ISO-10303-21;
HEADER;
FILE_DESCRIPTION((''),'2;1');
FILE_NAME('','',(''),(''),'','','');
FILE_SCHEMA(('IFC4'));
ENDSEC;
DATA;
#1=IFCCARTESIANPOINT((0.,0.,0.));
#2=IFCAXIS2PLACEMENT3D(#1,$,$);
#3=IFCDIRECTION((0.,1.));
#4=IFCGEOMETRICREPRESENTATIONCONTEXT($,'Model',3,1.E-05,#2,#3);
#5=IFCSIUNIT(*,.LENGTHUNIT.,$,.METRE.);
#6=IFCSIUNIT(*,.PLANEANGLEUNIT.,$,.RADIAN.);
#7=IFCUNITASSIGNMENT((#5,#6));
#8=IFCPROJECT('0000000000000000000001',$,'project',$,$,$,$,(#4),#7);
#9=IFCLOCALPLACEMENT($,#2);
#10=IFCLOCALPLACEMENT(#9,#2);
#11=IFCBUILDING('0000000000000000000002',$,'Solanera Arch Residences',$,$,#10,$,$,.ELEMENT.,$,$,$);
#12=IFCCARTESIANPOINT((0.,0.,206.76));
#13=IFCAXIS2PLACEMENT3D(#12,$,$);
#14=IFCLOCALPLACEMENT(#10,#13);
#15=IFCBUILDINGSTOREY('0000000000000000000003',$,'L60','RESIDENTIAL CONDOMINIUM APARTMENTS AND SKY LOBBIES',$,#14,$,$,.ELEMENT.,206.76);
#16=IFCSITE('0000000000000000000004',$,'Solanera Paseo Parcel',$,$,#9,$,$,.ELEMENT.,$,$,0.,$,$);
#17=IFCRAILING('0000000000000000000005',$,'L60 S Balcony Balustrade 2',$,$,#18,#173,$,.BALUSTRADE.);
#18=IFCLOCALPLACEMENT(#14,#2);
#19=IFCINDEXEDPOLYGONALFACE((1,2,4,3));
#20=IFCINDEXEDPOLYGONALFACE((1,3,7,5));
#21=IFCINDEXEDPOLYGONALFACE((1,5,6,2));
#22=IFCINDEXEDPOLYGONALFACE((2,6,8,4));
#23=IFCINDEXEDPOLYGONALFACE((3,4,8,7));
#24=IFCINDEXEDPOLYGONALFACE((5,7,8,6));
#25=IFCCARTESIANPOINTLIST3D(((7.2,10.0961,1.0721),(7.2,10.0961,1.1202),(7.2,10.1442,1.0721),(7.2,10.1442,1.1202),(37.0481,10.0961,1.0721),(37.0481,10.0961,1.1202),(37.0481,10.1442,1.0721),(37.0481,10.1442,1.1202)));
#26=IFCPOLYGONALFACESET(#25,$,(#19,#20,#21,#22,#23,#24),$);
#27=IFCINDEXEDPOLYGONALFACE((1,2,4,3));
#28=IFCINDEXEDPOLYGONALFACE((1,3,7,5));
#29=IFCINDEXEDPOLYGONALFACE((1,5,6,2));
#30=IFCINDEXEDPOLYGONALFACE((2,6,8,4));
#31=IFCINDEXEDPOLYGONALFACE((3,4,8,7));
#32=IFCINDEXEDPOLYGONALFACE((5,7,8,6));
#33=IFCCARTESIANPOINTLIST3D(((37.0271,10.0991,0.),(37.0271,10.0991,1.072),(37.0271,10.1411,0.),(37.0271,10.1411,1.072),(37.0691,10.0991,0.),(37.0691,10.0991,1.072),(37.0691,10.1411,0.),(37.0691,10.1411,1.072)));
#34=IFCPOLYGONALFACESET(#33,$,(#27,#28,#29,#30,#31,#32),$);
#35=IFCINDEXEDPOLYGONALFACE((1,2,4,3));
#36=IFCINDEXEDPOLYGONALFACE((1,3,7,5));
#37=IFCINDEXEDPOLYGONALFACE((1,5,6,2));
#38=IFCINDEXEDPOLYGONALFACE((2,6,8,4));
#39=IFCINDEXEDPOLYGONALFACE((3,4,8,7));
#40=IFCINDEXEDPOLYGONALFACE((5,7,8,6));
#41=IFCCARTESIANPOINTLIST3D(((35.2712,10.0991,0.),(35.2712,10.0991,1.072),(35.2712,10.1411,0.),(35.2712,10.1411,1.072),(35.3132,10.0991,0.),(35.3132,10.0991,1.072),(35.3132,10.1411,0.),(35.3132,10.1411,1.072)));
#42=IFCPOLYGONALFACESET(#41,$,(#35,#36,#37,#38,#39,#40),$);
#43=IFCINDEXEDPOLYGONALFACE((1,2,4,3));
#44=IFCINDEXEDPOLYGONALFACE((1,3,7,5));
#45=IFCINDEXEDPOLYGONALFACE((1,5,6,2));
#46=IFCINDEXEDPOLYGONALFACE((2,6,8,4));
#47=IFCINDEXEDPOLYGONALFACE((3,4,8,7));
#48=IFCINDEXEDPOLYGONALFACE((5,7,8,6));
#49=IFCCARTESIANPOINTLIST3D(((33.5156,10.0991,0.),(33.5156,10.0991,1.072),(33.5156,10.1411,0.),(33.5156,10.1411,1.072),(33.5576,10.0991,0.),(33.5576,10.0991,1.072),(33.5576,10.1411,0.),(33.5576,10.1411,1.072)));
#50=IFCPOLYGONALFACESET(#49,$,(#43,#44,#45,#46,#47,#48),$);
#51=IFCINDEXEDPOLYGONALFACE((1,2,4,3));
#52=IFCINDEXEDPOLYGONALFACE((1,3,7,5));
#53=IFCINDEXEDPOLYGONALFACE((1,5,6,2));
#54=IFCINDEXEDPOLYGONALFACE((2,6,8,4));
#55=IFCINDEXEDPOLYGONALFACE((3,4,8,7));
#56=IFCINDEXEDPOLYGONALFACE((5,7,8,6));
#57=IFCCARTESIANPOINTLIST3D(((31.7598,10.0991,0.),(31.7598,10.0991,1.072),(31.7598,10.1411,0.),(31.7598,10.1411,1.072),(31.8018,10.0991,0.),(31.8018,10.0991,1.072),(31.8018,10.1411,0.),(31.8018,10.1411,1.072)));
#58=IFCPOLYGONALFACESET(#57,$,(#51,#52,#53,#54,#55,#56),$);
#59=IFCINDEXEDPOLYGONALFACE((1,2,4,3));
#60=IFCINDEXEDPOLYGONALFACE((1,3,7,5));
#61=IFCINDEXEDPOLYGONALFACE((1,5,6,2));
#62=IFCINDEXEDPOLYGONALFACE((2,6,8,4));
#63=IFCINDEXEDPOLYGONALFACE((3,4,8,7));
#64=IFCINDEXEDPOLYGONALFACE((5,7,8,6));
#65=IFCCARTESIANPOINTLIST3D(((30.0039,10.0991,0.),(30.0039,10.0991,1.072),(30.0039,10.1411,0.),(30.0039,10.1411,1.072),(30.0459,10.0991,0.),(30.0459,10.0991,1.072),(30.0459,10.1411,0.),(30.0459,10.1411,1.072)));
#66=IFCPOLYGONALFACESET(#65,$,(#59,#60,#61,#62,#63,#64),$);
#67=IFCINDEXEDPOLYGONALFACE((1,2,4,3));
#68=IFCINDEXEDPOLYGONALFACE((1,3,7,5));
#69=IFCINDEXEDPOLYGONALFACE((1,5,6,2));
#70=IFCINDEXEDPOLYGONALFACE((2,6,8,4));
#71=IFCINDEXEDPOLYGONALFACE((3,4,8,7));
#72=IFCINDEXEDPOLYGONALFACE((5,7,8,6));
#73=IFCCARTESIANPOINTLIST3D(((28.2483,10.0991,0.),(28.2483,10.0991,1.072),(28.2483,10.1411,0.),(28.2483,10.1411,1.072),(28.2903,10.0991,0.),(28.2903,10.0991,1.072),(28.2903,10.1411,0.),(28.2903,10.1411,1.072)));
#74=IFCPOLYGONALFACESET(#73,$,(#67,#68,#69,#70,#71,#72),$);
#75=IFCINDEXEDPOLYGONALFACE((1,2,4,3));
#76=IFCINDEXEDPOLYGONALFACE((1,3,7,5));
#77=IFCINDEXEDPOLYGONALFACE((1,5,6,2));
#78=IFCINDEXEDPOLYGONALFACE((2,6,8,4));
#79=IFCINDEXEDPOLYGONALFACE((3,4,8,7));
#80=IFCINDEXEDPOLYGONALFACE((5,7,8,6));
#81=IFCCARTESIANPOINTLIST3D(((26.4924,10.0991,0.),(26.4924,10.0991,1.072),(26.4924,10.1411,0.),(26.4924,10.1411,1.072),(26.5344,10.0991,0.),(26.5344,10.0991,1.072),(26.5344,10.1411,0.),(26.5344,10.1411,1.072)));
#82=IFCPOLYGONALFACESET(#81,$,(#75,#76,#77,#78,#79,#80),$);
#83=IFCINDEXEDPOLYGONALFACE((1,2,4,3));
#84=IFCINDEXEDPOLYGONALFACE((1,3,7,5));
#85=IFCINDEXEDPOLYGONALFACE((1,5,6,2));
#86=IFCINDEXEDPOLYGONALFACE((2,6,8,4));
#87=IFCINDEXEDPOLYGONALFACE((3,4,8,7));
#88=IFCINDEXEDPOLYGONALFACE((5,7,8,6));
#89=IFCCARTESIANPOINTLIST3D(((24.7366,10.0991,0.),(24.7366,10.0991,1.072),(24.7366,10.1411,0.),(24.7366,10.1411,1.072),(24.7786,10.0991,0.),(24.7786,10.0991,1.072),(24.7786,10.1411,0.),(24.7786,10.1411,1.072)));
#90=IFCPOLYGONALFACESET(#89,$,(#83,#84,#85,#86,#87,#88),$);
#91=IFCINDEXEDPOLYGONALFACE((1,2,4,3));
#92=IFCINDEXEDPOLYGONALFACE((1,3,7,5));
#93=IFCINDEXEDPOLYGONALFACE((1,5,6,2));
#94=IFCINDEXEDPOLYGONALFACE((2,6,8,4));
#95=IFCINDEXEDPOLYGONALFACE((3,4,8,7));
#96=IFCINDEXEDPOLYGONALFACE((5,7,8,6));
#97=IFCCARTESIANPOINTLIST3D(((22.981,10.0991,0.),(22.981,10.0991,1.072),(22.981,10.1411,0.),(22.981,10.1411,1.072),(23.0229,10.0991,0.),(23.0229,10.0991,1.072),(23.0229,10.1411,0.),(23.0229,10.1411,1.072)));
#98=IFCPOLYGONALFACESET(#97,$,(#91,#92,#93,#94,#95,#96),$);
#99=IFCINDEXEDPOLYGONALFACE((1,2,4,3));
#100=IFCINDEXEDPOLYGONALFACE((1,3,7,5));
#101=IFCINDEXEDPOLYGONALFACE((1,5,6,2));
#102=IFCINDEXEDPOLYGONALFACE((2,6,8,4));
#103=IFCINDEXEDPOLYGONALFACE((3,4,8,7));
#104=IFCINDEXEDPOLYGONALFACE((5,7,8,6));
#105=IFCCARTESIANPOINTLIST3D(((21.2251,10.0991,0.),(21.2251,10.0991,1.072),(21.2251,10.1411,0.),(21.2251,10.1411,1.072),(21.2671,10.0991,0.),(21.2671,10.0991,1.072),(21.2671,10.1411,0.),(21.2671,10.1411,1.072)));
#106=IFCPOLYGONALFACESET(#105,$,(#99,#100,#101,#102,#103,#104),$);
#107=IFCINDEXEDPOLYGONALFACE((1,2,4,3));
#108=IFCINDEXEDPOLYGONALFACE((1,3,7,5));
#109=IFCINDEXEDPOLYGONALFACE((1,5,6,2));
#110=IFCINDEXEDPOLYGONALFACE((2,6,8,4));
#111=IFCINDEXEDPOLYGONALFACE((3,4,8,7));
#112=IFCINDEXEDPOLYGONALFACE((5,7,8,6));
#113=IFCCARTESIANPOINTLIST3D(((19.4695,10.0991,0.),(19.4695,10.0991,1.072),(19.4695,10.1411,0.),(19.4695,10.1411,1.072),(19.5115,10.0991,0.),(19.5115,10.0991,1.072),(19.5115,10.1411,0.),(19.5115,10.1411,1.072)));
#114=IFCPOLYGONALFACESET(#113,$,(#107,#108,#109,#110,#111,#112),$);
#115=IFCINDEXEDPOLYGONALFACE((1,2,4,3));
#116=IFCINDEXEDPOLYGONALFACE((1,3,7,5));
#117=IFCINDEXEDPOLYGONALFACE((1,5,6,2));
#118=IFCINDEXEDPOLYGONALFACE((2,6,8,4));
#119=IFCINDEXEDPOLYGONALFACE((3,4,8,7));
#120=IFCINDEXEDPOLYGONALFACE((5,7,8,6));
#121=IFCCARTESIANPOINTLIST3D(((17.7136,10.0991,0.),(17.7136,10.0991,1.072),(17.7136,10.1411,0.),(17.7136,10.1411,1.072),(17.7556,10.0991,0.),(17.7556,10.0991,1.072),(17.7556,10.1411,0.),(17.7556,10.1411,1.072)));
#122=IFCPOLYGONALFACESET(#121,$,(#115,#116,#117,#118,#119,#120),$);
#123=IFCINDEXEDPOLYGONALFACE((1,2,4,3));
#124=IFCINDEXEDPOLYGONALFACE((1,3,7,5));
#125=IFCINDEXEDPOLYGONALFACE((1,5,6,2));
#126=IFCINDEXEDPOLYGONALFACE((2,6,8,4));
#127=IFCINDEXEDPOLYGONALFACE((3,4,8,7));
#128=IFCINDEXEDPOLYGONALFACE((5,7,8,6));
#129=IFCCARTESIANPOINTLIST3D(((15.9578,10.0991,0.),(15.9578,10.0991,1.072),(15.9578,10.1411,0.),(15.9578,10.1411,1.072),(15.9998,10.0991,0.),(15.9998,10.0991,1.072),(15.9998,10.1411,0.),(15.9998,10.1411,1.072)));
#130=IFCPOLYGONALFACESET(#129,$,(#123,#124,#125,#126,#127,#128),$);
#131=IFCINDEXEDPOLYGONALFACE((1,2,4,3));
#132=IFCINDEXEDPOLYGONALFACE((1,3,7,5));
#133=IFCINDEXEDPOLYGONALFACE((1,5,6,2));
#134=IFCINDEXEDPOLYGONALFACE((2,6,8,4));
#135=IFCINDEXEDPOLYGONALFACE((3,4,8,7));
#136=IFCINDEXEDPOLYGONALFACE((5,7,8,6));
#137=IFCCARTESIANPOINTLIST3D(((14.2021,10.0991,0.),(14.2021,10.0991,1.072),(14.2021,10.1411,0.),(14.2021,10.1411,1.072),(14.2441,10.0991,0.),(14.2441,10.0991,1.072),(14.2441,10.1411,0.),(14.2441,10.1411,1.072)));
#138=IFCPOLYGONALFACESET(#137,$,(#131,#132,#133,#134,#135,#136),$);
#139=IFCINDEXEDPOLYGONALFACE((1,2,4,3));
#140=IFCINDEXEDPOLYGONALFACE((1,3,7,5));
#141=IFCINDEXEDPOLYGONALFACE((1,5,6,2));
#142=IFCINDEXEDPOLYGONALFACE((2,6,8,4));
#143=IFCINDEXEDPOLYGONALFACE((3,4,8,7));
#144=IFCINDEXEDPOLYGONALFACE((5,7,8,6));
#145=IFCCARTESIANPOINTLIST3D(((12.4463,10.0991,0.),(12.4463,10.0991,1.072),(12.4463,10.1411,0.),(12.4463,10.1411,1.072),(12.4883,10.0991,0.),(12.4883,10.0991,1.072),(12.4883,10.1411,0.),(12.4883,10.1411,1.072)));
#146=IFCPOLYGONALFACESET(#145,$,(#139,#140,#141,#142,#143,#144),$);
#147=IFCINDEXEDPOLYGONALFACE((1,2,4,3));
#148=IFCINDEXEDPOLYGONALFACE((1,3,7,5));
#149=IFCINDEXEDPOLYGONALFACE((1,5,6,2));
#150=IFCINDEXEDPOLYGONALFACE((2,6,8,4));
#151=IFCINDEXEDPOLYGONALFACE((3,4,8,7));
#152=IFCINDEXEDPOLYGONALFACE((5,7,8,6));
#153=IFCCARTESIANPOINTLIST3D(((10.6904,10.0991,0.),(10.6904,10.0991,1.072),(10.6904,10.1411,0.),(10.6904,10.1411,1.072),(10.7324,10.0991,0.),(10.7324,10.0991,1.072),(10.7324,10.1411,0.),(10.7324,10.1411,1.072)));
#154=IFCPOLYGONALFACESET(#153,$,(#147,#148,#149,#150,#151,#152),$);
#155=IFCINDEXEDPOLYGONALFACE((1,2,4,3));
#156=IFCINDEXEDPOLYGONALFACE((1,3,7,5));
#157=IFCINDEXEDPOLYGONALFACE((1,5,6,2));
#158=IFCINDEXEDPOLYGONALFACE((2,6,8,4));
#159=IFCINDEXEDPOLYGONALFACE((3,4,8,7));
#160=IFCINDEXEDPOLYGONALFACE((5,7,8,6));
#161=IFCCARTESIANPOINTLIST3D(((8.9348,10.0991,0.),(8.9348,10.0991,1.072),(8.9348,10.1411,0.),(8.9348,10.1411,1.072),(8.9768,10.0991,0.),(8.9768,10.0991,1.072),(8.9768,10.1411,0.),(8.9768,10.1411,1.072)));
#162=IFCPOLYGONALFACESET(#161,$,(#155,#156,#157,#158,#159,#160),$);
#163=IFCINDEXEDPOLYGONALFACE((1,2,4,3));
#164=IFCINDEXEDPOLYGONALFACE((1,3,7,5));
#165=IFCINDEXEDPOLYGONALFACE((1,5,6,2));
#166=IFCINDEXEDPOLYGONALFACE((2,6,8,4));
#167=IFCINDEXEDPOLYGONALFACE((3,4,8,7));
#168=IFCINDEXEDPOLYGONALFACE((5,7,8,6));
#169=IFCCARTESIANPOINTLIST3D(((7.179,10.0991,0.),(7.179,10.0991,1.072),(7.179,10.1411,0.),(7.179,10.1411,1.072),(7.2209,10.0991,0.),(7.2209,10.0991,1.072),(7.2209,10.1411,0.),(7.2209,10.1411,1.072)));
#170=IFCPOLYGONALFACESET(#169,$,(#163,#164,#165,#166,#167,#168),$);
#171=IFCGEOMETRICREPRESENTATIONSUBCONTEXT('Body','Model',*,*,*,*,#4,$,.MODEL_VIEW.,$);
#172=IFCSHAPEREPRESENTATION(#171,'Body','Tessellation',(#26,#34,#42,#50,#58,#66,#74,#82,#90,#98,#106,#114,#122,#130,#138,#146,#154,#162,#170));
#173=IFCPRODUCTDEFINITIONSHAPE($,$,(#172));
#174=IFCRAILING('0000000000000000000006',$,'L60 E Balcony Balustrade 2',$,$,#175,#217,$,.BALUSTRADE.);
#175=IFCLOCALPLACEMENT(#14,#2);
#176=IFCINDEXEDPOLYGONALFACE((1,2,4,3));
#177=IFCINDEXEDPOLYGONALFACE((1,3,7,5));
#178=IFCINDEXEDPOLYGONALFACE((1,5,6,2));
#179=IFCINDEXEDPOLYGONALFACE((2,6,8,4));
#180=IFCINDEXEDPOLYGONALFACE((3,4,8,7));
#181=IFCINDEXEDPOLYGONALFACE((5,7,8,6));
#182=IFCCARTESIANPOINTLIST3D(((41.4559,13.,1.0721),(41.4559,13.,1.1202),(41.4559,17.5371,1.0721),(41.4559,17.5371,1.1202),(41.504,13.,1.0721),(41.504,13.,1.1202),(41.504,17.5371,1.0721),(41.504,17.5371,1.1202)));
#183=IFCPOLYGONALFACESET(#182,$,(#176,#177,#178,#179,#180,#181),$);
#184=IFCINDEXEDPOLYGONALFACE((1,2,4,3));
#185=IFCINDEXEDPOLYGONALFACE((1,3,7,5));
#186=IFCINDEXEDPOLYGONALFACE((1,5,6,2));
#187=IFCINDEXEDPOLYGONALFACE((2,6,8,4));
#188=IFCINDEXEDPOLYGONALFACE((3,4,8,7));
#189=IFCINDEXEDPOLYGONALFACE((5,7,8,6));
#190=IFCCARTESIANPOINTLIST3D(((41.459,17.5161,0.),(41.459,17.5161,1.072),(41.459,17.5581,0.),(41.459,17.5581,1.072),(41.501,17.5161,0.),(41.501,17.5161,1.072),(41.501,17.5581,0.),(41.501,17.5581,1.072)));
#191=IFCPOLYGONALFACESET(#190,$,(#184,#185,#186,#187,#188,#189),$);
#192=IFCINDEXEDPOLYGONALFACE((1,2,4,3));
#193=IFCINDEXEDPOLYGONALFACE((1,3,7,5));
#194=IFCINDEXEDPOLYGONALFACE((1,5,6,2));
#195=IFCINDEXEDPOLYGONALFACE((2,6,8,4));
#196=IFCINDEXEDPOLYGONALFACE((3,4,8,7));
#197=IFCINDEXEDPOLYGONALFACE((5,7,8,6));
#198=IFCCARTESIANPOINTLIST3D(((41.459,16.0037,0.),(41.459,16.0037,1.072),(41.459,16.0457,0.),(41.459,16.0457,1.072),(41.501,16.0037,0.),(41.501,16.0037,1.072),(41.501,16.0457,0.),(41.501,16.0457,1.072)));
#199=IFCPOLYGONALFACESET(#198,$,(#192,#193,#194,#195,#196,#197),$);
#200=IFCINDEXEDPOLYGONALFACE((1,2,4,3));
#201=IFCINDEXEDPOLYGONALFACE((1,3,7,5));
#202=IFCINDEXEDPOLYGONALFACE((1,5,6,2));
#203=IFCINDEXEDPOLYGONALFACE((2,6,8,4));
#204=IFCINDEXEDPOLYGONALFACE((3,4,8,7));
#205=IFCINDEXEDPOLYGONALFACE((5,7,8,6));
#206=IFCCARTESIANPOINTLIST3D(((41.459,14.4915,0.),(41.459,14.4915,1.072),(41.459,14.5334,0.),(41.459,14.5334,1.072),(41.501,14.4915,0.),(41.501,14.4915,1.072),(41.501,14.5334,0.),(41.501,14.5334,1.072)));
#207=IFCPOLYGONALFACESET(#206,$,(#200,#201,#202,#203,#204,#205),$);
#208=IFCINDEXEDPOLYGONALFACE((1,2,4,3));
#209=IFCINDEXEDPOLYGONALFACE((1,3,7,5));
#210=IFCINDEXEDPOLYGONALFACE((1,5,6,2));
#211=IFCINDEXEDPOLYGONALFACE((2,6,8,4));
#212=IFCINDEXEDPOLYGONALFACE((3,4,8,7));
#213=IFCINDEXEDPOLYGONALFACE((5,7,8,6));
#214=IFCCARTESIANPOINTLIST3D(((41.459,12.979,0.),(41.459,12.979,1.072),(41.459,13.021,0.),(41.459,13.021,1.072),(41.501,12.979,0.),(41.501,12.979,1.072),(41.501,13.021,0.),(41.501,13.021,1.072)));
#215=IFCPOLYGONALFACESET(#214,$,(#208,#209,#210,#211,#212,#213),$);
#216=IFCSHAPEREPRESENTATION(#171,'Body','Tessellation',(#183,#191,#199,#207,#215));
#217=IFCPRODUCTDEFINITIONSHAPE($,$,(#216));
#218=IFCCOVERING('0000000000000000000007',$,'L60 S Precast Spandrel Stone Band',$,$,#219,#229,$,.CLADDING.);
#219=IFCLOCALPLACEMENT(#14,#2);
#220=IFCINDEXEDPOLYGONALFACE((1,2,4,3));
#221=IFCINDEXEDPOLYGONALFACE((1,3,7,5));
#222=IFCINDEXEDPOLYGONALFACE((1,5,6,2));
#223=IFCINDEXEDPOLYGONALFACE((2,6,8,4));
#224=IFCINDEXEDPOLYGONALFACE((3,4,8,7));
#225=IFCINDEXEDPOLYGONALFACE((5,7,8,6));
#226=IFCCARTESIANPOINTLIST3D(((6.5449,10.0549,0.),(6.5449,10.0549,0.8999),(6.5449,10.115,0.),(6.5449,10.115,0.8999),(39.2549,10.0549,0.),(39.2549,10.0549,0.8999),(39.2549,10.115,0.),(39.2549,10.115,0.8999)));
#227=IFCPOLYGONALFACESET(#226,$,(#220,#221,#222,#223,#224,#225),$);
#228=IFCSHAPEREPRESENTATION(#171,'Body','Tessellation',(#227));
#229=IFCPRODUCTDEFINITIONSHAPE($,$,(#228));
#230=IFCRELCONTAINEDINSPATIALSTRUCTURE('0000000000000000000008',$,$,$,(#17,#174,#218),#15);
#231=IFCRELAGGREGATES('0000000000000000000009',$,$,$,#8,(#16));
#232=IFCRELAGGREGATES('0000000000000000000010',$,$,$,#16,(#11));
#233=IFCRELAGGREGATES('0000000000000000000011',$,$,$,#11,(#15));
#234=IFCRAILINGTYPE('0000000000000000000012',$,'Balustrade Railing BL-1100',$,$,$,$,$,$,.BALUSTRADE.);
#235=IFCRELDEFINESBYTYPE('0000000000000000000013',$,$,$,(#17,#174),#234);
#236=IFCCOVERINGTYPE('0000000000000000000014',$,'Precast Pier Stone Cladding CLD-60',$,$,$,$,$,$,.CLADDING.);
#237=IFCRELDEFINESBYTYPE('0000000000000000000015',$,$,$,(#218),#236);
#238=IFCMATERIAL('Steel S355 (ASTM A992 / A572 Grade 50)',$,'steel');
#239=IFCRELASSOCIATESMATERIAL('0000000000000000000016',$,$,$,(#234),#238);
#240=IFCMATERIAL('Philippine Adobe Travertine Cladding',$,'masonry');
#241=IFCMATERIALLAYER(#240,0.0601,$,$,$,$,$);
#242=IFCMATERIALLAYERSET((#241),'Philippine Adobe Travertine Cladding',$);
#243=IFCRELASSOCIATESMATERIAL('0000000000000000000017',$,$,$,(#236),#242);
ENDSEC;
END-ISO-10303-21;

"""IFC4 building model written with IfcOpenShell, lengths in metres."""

from ifc_helpers import new_model, si_unit, direction, frame, frame_2d, origin, origin_2d, place, context, subcontext, project, spatial, rectangle, extrude, material, layer, layer_set, type_object, element, save


model = new_model("IFC4")

# Units and contexts
model_context = context("Model", 3, precision=1e-05, world=origin(), true_north=direction((0.0, 1.0)))
body_context = subcontext(model_context, "Body", "Model", "MODEL_VIEW")
ifc_project = project(units=[si_unit("LENGTHUNIT", "METRE"), si_unit("PLANEANGLEUNIT", "RADIAN")], contexts=[model_context])

# Site, building, storey
site_placement = place(None, origin())
site = spatial("IfcSite", under=ifc_project, at=site_placement, Name="Solanera Paseo Parcel", CompositionType="ELEMENT", RefElevation=0.0)
building_placement = place(site_placement, origin())
building = spatial("IfcBuilding", under=site, at=building_placement, Name="Solanera Arch Residences", CompositionType="ELEMENT")
storey_placement = place(building_placement, frame((0.0, 0.0, 206.76)))
storey = spatial("IfcBuildingStorey", under=building, at=storey_placement, Name="L60", Description="RESIDENTIAL CONDOMINIUM APARTMENTS AND SKY LOBBIES", CompositionType="ELEMENT", Elevation=206.76)

# Railings
ifc_material_1 = material(Name="Steel S355 (ASTM A992 / A572 Grade 50)", Category="steel")
railing_type = type_object("IfcRailingType", Name="Balustrade Railing BL-1100", PredefinedType="BALUSTRADE", material=ifc_material_1)
railing_1_placement = place(storey_placement, frame((37.0481, 10.1201, 0.0)))
element("IfcRailing", 1, at=railing_1_placement, inside=storey, type_object=railing_type, Name="L60 S Balcony Balustrade 2", PredefinedType="BALUSTRADE", context=body_context, shape_type="SweptSolid", body=[
    extrude(rectangle(XDim=0.0481, YDim=0.0481, at=origin_2d()), frame((0.0, 0.0, 1.0962), z_axis=(-1.0, 0.0, 0.0), x_axis=(0.0, -1.0, 0.0)), (0.0, 0.0, 1.0), 29.8481),
    extrude(rectangle(XDim=0.042, YDim=0.042, at=origin_2d()), origin(), (0.0, 0.0, 1.0), 1.072),
    extrude(rectangle(XDim=0.042, YDim=0.042, at=origin_2d()), frame((-1.7559, 0.0, 0.0)), (0.0, 0.0, 1.0), 1.072),
    extrude(rectangle(XDim=0.042, YDim=0.042, at=origin_2d()), frame((-3.5115, 0.0, 0.0)), (0.0, 0.0, 1.0), 1.072),
    extrude(rectangle(XDim=0.042, YDim=0.042, at=origin_2d()), frame((-5.2673, 0.0, 0.0)), (0.0, 0.0, 1.0), 1.072),
    extrude(rectangle(XDim=0.042, YDim=0.042, at=origin_2d()), frame((-7.0232, 0.0, 0.0)), (0.0, 0.0, 1.0), 1.072),
    extrude(rectangle(XDim=0.042, YDim=0.042, at=origin_2d()), frame((-8.7788, 0.0, 0.0)), (0.0, 0.0, 1.0), 1.072),
    extrude(rectangle(XDim=0.042, YDim=0.042, at=origin_2d()), frame((-10.5347, 0.0, 0.0)), (0.0, 0.0, 1.0), 1.072),
    extrude(rectangle(XDim=0.042, YDim=0.042, at=origin_2d()), frame((-12.2905, 0.0, 0.0)), (0.0, 0.0, 1.0), 1.072),
    extrude(rectangle(XDim=0.042, YDim=0.042, at=origin_2d()), frame((-14.0461, 0.0, 0.0)), (0.0, 0.0, 1.0), 1.072),
    extrude(rectangle(XDim=0.042, YDim=0.042, at=origin_2d()), frame((-15.802, 0.0, 0.0)), (0.0, 0.0, 1.0), 1.072),
    extrude(rectangle(XDim=0.042, YDim=0.042, at=origin_2d()), frame((-17.5576, 0.0, 0.0)), (0.0, 0.0, 1.0), 1.072),
    extrude(rectangle(XDim=0.042, YDim=0.042, at=origin_2d()), frame((-19.3135, 0.0, 0.0)), (0.0, 0.0, 1.0), 1.072),
    extrude(rectangle(XDim=0.042, YDim=0.042, at=origin_2d()), frame((-21.0693, 0.0, 0.0)), (0.0, 0.0, 1.0), 1.072),
    extrude(rectangle(XDim=0.042, YDim=0.042, at=origin_2d()), frame((-22.825, 0.0, 0.0)), (0.0, 0.0, 1.0), 1.072),
    extrude(rectangle(XDim=0.042, YDim=0.042, at=origin_2d()), frame((-24.5808, 0.0, 0.0)), (0.0, 0.0, 1.0), 1.072),
    extrude(rectangle(XDim=0.042, YDim=0.042, at=origin_2d()), frame((-26.3367, 0.0, 0.0)), (0.0, 0.0, 1.0), 1.072),
    extrude(rectangle(XDim=0.042, YDim=0.042, at=origin_2d()), frame((-28.0923, 0.0, 0.0)), (0.0, 0.0, 1.0), 1.072),
    extrude(rectangle(XDim=0.042, YDim=0.042, at=origin_2d()), frame((-29.8481, 0.0, 0.0)), (0.0, 0.0, 1.0), 1.072),
])
railing_2_placement = place(storey_placement, frame((41.48, 17.5371, 0.0)))
element("IfcRailing", 2, at=railing_2_placement, inside=storey, type_object=railing_type, Name="L60 E Balcony Balustrade 2", PredefinedType="BALUSTRADE", context=body_context, shape_type="SweptSolid", body=[
    extrude(rectangle(XDim=0.0481, YDim=0.0481, at=origin_2d()), frame((0.0, 0.0, 1.0962), z_axis=(0.0, -1.0, 0.0), x_axis=(1.0, 0.0, 0.0)), (0.0, 0.0, 1.0), 4.5371),
    extrude(rectangle(XDim=0.042, YDim=0.042, at=origin_2d()), origin(), (0.0, 0.0, 1.0), 1.072),
    extrude(rectangle(XDim=0.042, YDim=0.042, at=origin_2d()), frame((0.0, -1.5125, 0.0)), (0.0, 0.0, 1.0), 1.072),
    extrude(rectangle(XDim=0.042, YDim=0.042, at=origin_2d()), frame((0.0, -3.0247, 0.0)), (0.0, 0.0, 1.0), 1.072),
    extrude(rectangle(XDim=0.042, YDim=0.042, at=origin_2d()), frame((0.0, -4.5371, 0.0)), (0.0, 0.0, 1.0), 1.072),
])

# Covering
ifc_material_2 = material(Name="Philippine Adobe Travertine Cladding", Category="masonry")
ifc_layer_1 = layer(ifc_material_2, 0.0601)
ifc_layer_set_1 = layer_set([ifc_layer_1], Name="Philippine Adobe Travertine Cladding")
covering_type = type_object("IfcCoveringType", Name="Precast Pier Stone Cladding CLD-60", PredefinedType="CLADDING", material=ifc_layer_set_1)
covering_placement = place(storey_placement, frame((39.2549, 10.085, 0.0), z_axis=(0.0, 0.0, 1.0), x_axis=(-1.0, 0.0, 0.0)))
element("IfcCovering", 3, at=covering_placement, inside=storey, type_object=covering_type, Name="L60 S Precast Spandrel Stone Band", PredefinedType="CLADDING", context=body_context, shape_type="SweptSolid", body=[
    extrude(rectangle(XDim=32.71, YDim=0.0601, at=frame_2d((16.355, 0.0))), origin(), (0.0, 0.0, 1.0), 0.8999),
])

save(model, "model.ifc")
